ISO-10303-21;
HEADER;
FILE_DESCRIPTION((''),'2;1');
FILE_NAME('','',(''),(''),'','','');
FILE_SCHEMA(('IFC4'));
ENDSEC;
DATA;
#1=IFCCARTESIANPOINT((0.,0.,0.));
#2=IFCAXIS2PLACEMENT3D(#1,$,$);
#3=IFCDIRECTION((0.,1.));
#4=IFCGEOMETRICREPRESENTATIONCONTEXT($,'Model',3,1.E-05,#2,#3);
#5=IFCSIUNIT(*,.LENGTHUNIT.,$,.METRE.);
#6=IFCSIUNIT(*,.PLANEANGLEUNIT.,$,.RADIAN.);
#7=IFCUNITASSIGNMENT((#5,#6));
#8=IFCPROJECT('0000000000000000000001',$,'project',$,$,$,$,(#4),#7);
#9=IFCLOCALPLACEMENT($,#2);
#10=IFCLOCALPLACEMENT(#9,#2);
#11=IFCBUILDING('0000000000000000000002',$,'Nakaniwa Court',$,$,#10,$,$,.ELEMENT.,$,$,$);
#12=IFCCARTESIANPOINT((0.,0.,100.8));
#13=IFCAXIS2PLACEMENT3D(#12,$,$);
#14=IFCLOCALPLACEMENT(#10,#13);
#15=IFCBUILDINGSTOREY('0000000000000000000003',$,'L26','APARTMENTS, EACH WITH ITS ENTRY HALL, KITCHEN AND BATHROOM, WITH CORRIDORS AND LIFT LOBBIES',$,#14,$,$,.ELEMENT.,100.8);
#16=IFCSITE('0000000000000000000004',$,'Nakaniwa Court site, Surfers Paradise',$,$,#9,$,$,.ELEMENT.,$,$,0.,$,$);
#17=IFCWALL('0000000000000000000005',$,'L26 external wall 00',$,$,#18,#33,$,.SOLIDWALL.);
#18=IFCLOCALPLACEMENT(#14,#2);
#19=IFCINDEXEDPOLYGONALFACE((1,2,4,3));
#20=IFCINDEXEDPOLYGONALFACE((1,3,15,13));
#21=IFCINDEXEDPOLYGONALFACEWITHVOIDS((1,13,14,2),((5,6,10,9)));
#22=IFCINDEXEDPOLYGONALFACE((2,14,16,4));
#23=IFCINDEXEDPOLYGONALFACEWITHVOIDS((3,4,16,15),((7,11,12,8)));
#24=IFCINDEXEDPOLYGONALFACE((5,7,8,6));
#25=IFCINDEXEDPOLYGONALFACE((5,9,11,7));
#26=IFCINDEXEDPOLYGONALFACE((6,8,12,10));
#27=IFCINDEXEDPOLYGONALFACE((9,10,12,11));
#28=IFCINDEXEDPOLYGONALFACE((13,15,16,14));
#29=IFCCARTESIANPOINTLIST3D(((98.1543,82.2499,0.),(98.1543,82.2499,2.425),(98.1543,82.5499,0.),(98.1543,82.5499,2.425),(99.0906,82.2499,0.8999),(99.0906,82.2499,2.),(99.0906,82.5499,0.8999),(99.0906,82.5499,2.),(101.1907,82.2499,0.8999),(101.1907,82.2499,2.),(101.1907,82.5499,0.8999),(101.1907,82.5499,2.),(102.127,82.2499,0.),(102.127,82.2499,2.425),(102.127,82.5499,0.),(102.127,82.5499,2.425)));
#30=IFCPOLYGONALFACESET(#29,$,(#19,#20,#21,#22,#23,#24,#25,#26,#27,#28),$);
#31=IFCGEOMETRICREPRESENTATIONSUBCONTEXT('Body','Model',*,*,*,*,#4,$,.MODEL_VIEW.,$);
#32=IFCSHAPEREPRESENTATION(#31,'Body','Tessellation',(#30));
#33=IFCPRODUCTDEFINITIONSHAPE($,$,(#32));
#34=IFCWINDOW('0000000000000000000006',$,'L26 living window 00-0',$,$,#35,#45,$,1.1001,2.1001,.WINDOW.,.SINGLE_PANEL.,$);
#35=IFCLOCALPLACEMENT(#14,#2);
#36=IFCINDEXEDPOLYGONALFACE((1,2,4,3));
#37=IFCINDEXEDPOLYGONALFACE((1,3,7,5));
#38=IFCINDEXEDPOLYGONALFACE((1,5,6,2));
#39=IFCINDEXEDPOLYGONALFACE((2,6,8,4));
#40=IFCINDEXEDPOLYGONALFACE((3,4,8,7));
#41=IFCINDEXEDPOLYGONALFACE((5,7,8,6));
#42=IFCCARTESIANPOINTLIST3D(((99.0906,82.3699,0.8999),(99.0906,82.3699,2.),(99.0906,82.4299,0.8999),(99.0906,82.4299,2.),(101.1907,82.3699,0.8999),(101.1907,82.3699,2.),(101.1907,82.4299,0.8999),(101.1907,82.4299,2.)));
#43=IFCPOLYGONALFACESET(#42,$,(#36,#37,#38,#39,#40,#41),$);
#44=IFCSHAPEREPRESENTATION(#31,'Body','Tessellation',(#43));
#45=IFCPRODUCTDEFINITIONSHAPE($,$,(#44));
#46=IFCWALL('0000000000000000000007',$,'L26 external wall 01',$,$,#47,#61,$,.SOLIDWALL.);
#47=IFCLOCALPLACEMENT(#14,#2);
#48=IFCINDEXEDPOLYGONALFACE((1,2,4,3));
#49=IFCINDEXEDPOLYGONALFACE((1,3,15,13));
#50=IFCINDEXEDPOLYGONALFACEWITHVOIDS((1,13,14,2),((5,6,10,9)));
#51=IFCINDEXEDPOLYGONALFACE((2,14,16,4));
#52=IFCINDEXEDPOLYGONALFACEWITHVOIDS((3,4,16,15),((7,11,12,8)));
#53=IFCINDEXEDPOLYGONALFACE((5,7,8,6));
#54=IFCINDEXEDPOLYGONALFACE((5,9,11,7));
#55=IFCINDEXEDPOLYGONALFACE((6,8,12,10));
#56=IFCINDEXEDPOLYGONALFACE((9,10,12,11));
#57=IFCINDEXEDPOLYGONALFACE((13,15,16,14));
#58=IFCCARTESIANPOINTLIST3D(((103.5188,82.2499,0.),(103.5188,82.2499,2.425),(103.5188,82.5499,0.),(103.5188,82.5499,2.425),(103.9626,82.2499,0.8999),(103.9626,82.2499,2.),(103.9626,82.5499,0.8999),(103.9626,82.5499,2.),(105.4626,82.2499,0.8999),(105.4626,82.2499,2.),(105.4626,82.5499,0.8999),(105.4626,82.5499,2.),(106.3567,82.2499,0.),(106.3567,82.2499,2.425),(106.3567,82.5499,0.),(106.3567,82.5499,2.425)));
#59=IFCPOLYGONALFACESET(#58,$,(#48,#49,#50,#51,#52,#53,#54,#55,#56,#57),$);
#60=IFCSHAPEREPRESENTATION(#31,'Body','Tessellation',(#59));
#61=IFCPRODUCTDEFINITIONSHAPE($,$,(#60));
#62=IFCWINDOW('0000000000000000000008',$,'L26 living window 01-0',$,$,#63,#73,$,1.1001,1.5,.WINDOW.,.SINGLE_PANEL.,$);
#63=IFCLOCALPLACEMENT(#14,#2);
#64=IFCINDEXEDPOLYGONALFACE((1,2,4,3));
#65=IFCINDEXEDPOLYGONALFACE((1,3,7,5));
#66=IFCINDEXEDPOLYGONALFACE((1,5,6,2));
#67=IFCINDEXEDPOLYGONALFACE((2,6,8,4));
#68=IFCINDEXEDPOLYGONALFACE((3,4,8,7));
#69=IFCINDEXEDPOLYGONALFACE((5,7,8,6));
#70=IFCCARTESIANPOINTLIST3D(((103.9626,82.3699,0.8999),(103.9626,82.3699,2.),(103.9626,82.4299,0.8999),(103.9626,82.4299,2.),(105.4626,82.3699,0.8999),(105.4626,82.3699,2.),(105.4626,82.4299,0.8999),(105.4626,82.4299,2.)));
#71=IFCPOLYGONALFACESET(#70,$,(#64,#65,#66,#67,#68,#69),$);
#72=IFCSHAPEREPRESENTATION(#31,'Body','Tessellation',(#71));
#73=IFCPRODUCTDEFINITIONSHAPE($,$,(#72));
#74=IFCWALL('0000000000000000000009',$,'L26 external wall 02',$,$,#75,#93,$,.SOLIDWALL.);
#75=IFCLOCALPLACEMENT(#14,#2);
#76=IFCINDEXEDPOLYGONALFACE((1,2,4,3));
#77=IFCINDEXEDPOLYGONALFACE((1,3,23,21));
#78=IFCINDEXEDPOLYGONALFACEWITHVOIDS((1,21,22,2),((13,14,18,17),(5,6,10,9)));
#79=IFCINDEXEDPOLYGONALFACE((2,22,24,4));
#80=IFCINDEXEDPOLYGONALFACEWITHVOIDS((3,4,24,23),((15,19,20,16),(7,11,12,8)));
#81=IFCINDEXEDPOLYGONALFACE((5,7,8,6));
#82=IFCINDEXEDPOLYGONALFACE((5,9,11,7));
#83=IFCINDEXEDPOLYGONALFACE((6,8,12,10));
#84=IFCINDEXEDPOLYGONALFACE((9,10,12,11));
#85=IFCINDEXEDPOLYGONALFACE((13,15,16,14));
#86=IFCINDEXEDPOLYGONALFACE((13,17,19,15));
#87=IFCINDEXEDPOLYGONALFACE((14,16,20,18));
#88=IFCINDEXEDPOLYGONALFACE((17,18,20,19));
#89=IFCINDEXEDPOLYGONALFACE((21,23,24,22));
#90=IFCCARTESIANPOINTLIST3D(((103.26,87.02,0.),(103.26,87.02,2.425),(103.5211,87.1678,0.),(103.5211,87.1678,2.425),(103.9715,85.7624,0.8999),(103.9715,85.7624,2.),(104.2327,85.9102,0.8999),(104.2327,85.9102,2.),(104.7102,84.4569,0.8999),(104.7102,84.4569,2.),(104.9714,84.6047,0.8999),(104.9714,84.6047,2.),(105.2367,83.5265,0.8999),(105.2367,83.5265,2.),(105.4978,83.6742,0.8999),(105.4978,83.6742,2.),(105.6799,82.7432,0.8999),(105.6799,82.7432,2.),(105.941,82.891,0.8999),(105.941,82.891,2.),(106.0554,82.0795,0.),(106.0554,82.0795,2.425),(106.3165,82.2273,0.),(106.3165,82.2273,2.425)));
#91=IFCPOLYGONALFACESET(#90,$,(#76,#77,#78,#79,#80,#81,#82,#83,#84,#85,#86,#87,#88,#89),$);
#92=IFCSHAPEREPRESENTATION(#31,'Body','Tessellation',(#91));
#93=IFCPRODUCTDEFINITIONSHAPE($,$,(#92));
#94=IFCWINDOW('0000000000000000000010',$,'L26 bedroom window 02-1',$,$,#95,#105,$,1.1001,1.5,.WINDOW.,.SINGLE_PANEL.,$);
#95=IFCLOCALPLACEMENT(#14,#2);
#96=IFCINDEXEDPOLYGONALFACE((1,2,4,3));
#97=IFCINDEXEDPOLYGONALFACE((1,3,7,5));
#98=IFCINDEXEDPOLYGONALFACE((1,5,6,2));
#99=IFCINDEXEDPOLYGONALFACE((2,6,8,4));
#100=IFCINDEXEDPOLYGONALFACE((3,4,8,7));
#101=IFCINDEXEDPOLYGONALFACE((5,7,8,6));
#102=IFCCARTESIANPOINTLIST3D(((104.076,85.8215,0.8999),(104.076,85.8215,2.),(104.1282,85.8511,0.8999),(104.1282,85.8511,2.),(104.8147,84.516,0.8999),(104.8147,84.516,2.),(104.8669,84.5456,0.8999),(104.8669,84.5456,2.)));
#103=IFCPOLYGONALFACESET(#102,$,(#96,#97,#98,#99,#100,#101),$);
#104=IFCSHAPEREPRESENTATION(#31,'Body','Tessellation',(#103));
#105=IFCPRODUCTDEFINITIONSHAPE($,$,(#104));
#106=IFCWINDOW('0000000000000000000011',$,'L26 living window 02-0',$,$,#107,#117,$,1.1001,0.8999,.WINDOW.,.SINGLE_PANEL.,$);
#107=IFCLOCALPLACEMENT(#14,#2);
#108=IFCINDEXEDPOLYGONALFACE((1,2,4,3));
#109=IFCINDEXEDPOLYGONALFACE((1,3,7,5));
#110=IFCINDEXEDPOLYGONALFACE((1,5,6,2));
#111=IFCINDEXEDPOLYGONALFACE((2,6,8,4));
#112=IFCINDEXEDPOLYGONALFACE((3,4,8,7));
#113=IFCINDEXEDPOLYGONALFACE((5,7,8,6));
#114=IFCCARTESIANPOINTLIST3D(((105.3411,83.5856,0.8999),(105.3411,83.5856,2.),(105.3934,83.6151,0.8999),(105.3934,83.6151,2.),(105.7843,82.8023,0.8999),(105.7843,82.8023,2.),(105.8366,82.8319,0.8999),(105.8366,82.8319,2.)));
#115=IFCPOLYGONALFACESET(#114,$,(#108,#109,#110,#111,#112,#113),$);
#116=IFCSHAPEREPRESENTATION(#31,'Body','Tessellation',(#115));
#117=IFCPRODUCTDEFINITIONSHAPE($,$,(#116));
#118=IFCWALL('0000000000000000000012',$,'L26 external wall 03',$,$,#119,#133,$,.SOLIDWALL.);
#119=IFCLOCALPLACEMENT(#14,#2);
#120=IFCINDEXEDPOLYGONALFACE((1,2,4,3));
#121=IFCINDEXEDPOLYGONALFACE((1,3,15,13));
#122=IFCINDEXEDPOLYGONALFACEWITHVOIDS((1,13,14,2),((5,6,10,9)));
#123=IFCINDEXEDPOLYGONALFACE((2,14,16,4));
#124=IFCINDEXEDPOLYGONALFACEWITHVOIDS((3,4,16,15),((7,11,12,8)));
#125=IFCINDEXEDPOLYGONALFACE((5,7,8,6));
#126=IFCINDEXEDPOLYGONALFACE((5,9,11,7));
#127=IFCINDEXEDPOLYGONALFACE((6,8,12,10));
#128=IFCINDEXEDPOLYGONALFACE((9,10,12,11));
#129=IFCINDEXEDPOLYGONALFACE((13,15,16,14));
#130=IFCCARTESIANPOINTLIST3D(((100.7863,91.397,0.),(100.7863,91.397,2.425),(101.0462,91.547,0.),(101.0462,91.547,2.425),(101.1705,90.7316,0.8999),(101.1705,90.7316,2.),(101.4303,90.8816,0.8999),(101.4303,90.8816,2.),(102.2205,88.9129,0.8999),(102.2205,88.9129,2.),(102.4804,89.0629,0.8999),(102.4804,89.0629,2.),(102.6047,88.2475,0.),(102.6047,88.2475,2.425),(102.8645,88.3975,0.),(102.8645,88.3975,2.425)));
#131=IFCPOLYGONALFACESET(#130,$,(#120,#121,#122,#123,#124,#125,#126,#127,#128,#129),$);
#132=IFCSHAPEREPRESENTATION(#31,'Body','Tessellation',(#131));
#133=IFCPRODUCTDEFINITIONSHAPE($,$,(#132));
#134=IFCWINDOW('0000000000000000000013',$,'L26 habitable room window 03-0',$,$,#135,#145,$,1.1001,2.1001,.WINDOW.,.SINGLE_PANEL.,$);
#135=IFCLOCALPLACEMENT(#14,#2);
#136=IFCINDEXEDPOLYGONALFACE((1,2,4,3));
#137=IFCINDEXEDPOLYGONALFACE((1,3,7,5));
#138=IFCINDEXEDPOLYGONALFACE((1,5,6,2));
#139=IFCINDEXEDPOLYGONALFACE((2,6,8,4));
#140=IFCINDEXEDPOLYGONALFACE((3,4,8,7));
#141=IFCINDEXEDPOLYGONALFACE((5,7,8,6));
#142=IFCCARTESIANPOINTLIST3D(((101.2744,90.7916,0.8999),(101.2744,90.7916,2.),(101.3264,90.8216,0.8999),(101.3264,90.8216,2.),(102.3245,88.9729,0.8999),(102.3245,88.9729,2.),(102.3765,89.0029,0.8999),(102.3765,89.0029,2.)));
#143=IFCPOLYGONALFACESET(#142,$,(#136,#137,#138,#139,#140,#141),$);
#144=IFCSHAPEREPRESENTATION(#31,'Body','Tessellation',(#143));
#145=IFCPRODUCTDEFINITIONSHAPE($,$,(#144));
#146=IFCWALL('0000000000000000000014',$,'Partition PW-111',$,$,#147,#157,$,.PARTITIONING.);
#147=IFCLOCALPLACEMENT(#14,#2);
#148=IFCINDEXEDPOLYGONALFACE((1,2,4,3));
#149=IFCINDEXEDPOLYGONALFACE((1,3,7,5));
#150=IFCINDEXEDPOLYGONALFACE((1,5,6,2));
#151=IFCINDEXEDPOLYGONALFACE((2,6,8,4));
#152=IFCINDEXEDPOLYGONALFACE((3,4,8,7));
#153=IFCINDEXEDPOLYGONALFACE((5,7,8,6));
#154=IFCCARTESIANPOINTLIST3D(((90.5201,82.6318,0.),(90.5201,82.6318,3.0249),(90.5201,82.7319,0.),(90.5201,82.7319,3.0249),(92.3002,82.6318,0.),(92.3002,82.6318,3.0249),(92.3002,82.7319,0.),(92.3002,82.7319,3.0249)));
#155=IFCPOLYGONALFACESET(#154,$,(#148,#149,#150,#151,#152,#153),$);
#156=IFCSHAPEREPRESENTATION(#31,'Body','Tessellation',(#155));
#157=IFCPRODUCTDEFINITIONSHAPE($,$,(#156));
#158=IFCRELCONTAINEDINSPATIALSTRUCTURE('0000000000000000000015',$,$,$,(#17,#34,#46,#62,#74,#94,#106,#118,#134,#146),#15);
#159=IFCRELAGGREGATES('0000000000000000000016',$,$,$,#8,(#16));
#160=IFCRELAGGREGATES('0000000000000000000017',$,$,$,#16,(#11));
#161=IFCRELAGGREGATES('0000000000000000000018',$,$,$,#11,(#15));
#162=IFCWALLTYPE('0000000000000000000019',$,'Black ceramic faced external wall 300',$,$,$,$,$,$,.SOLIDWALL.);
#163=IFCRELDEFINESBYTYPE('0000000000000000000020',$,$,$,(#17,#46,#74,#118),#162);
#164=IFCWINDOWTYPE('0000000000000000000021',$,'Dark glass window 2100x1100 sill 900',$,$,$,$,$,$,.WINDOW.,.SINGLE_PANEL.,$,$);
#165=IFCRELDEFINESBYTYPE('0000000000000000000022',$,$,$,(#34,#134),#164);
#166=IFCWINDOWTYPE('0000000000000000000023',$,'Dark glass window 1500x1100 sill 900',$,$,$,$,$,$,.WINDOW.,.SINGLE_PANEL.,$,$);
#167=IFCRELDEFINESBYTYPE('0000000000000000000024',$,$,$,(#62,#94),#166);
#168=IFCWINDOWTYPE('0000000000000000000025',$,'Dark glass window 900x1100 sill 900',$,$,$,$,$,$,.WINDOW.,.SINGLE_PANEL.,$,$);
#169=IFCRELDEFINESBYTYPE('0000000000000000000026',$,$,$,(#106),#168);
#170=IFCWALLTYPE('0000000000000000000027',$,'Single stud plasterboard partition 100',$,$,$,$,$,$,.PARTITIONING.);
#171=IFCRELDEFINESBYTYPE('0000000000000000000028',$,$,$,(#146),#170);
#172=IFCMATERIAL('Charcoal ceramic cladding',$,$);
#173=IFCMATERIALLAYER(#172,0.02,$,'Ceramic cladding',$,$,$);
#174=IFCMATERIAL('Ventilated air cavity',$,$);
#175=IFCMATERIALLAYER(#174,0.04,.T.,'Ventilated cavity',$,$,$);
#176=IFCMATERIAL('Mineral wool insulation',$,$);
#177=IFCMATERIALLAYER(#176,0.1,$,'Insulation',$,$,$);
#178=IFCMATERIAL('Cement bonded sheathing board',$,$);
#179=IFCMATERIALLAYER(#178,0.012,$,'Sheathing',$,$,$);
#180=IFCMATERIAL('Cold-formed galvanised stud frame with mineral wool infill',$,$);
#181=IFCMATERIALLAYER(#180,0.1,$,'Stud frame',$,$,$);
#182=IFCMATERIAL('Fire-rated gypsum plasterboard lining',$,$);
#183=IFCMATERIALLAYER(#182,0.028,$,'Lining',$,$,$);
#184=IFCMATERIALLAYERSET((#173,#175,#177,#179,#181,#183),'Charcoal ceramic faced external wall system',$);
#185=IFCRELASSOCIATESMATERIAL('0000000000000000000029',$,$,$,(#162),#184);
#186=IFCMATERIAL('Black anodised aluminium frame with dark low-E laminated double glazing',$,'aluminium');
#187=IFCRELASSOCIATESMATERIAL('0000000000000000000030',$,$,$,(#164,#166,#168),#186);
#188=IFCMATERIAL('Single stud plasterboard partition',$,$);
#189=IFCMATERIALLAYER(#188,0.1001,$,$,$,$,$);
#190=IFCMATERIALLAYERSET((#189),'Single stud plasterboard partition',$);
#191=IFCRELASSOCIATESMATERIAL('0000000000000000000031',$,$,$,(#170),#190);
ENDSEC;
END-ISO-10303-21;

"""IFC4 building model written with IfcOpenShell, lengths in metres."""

from ifc_helpers import new_model, si_unit, direction, frame, frame_2d, origin, place, context, subcontext, project, spatial, rectangle, extrude, material, layer, layer_set, type_object, element, fill, save


model = new_model("IFC4")

# Units and contexts
model_context = context("Model", 3, precision=1e-05, world=origin(), true_north=direction((0.0, 1.0)))
body_context = subcontext(model_context, "Body", "Model", "MODEL_VIEW")
ifc_project = project(units=[si_unit("LENGTHUNIT", "METRE"), si_unit("PLANEANGLEUNIT", "RADIAN")], contexts=[model_context])

# Site, building, storey
site_placement = place(None, origin())
site = spatial("IfcSite", under=ifc_project, at=site_placement, Name="Nakaniwa Court site, Surfers Paradise", CompositionType="ELEMENT", RefElevation=0.0)
building_placement = place(site_placement, origin())
building = spatial("IfcBuilding", under=site, at=building_placement, Name="Nakaniwa Court", CompositionType="ELEMENT")
storey_placement = place(building_placement, frame((0.0, 0.0, 100.8)))
storey = spatial("IfcBuildingStorey", under=building, at=storey_placement, Name="L26", Description="APARTMENTS, EACH WITH ITS ENTRY HALL, KITCHEN AND BATHROOM, WITH CORRIDORS AND LIFT LOBBIES", CompositionType="ELEMENT", Elevation=100.8)

# Walls, openings, windows
ifc_material_1 = material(Name="Charcoal ceramic cladding")
ifc_layer_1 = layer(ifc_material_1, 0.02, Name="Ceramic cladding")
ifc_material_2 = material(Name="Ventilated air cavity")
ifc_layer_2 = layer(ifc_material_2, 0.04, ventilated=True, Name="Ventilated cavity")
ifc_material_3 = material(Name="Mineral wool insulation")
ifc_layer_3 = layer(ifc_material_3, 0.1, Name="Insulation")
ifc_material_4 = material(Name="Cement bonded sheathing board")
ifc_layer_4 = layer(ifc_material_4, 0.012, Name="Sheathing")
ifc_material_5 = material(Name="Cold-formed galvanised stud frame with mineral wool infill")
ifc_layer_5 = layer(ifc_material_5, 0.1, Name="Stud frame")
ifc_material_6 = material(Name="Fire-rated gypsum plasterboard lining")
ifc_layer_6 = layer(ifc_material_6, 0.028, Name="Lining")
ifc_layer_set_1 = layer_set([ifc_layer_1, ifc_layer_2, ifc_layer_3, ifc_layer_4, ifc_layer_5, ifc_layer_6], Name="Charcoal ceramic faced external wall system")
wall_type_1 = type_object("IfcWallType", Name="Black ceramic faced external wall 300", PredefinedType="SOLIDWALL", material=ifc_layer_set_1)
wall_1_placement = place(storey_placement, frame((98.1543, 82.3999, 0.0), z_axis=(0.0, 0.0, 1.0), x_axis=(1.0, 0.0, 0.0)))
wall_1 = element("IfcWall", 1, at=wall_1_placement, inside=storey, type_object=wall_type_1, Name="L26 external wall 00", PredefinedType="SOLIDWALL", context=body_context, shape_type="SweptSolid", body=[
    extrude(rectangle(XDim=3.9727, YDim=0.3, at=frame_2d((1.9863, 0.0))), origin(), (0.0, 0.0, 1.0), 2.425),
])
opening_1_placement = place(wall_1_placement, frame((0.9363, 0.0, 0.8999)))
opening_1 = element("IfcOpeningElement", 2, at=opening_1_placement, cuts=wall_1, PredefinedType="OPENING", context=body_context, shape_type="SweptSolid", body=[
    extrude(rectangle(XDim=2.1001, YDim=1.1001, at=frame_2d((1.05, 0.55))), frame((0.0, 0.1599, 0.0), z_axis=(0.0, -1.0, 0.0), x_axis=(1.0, 0.0, 0.0)), (0.0, 0.0, 1.0), 0.3201),
])
ifc_material_7 = material(Name="Black anodised aluminium frame with dark low-E laminated double glazing", Category="aluminium")
window_type_1 = type_object("IfcWindowType", Name="Dark glass window 2100x1100 sill 900", PartitioningType="SINGLE_PANEL", PredefinedType="WINDOW", material=ifc_material_7)
window_1_placement = place(opening_1_placement, origin())
window_1 = element("IfcWindow", 3, at=window_1_placement, inside=storey, type_object=window_type_1, Name="L26 living window 00-0", OverallHeight=1.1001, OverallWidth=2.1001, PartitioningType="SINGLE_PANEL", PredefinedType="WINDOW", context=body_context, shape_type="SweptSolid", body=[
    extrude(rectangle(XDim=2.1001, YDim=1.1001, at=frame_2d((1.05, 0.55))), frame((0.0, 0.03, 0.0), z_axis=(0.0, -1.0, 0.0), x_axis=(1.0, 0.0, 0.0)), (0.0, 0.0, 1.0), 0.0601),
])
fill(opening_1, window_1)
wall_2_placement = place(storey_placement, frame((103.5188, 82.3999, 0.0), z_axis=(0.0, 0.0, 1.0), x_axis=(1.0, 0.0, 0.0)))
wall_2 = element("IfcWall", 4, at=wall_2_placement, inside=storey, type_object=wall_type_1, Name="L26 external wall 01", PredefinedType="SOLIDWALL", context=body_context, shape_type="SweptSolid", body=[
    extrude(rectangle(XDim=2.8379, YDim=0.3, at=frame_2d((1.4189, 0.0))), origin(), (0.0, 0.0, 1.0), 2.425),
])
opening_2_placement = place(wall_2_placement, frame((0.4438, 0.0, 0.8999)))
opening_2 = element("IfcOpeningElement", 5, at=opening_2_placement, cuts=wall_2, PredefinedType="OPENING", context=body_context, shape_type="SweptSolid", body=[
    extrude(rectangle(XDim=1.5, YDim=1.1001, at=frame_2d((0.75, 0.55))), frame((0.0, 0.1599, 0.0), z_axis=(0.0, -1.0, 0.0), x_axis=(1.0, 0.0, 0.0)), (0.0, 0.0, 1.0), 0.3201),
])
window_type_2 = type_object("IfcWindowType", Name="Dark glass window 1500x1100 sill 900", PartitioningType="SINGLE_PANEL", PredefinedType="WINDOW", material=ifc_material_7)
window_2_placement = place(opening_2_placement, origin())
window_2 = element("IfcWindow", 6, at=window_2_placement, inside=storey, type_object=window_type_2, Name="L26 living window 01-0", OverallHeight=1.1001, OverallWidth=1.5, PartitioningType="SINGLE_PANEL", PredefinedType="WINDOW", context=body_context, shape_type="SweptSolid", body=[
    extrude(rectangle(XDim=1.5, YDim=1.1001, at=frame_2d((0.75, 0.55))), frame((0.0, 0.03, 0.0), z_axis=(0.0, -1.0, 0.0), x_axis=(1.0, 0.0, 0.0)), (0.0, 0.0, 1.0), 0.0601),
])
fill(opening_2, window_2)

# Wall, openings, windows
wall_3_placement = place(storey_placement, frame((106.186, 82.1533, 0.0), z_axis=(0.0, 0.0, 1.0), x_axis=(-0.492457, 0.870337, 0.0)))
wall_3 = element("IfcWall", 7, at=wall_3_placement, inside=storey, type_object=wall_type_1, Name="L26 external wall 02", PredefinedType="SOLIDWALL", context=body_context, shape_type="SweptSolid", body=[
    extrude(rectangle(XDim=5.6765, YDim=0.3, at=frame_2d((2.8384, 0.0))), origin(), (0.0, 0.0, 1.0), 2.425),
])
opening_3_placement = place(wall_3_placement, frame((0.7627, 0.0, 0.8999)))
opening_3 = element("IfcOpeningElement", 8, at=opening_3_placement, cuts=wall_3, PredefinedType="OPENING", context=body_context, shape_type="SweptSolid", body=[
    extrude(rectangle(XDim=0.8999, YDim=1.1001, at=frame_2d((0.45, 0.55))), frame((0.0, 0.1599, 0.0), z_axis=(0.0, -1.0, 0.0), x_axis=(1.0, 0.0, 0.0)), (0.0, 0.0, 1.0), 0.3201),
])
opening_4_placement = place(wall_3_placement, frame((2.7317, 0.0, 0.8999)))
opening_4 = element("IfcOpeningElement", 9, at=opening_4_placement, cuts=wall_3, PredefinedType="OPENING", context=body_context, shape_type="SweptSolid", body=[
    extrude(rectangle(XDim=1.5, YDim=1.1001, at=frame_2d((0.75, 0.55))), frame((0.0, 0.1599, 0.0), z_axis=(0.0, -1.0, 0.0), x_axis=(1.0, 0.0, 0.0)), (0.0, 0.0, 1.0), 0.3201),
])
window_3_placement = place(opening_4_placement, origin())
window_3 = element("IfcWindow", 10, at=window_3_placement, inside=storey, type_object=window_type_2, Name="L26 bedroom window 02-1", OverallHeight=1.1001, OverallWidth=1.5, PartitioningType="SINGLE_PANEL", PredefinedType="WINDOW", context=body_context, shape_type="SweptSolid", body=[
    extrude(rectangle(XDim=1.5, YDim=1.1001, at=frame_2d((0.75, 0.55))), frame((0.0, 0.03, 0.0), z_axis=(0.0, -1.0, 0.0), x_axis=(1.0, 0.0, 0.0)), (0.0, 0.0, 1.0), 0.0601),
])
fill(opening_4, window_3)
window_type_3 = type_object("IfcWindowType", Name="Dark glass window 900x1100 sill 900", PartitioningType="SINGLE_PANEL", PredefinedType="WINDOW", material=ifc_material_7)
window_4_placement = place(opening_3_placement, origin())
window_4 = element("IfcWindow", 11, at=window_4_placement, inside=storey, type_object=window_type_3, Name="L26 living window 02-0", OverallHeight=1.1001, OverallWidth=0.8999, PartitioningType="SINGLE_PANEL", PredefinedType="WINDOW", context=body_context, shape_type="SweptSolid", body=[
    extrude(rectangle(XDim=0.8999, YDim=1.1001, at=frame_2d((0.45, 0.55))), frame((0.0, 0.03, 0.0), z_axis=(0.0, -1.0, 0.0), x_axis=(1.0, 0.0, 0.0)), (0.0, 0.0, 1.0), 0.0601),
])
fill(opening_3, window_4)

# Wall, opening, window
wall_4_placement = place(storey_placement, frame((102.7346, 88.3225, 0.0), z_axis=(0.0, 0.0, 1.0), x_axis=(-0.500009, 0.86602, 0.0)))
wall_4 = element("IfcWall", 12, at=wall_4_placement, inside=storey, type_object=wall_type_1, Name="L26 external wall 03", PredefinedType="SOLIDWALL", context=body_context, shape_type="SweptSolid", body=[
    extrude(rectangle(XDim=3.6367, YDim=0.3, at=frame_2d((1.8184, 0.0))), origin(), (0.0, 0.0, 1.0), 2.425),
])
opening_5_placement = place(wall_4_placement, frame((0.7683, 0.0, 0.8999)))
opening_5 = element("IfcOpeningElement", 13, at=opening_5_placement, cuts=wall_4, PredefinedType="OPENING", context=body_context, shape_type="SweptSolid", body=[
    extrude(rectangle(XDim=2.1001, YDim=1.1001, at=frame_2d((1.05, 0.55))), frame((0.0, 0.1599, 0.0), z_axis=(0.0, -1.0, 0.0), x_axis=(1.0, 0.0, 0.0)), (0.0, 0.0, 1.0), 0.3201),
])
window_5_placement = place(opening_5_placement, origin())
window_5 = element("IfcWindow", 14, at=window_5_placement, inside=storey, type_object=window_type_1, Name="L26 habitable room window 03-0", OverallHeight=1.1001, OverallWidth=2.1001, PartitioningType="SINGLE_PANEL", PredefinedType="WINDOW", context=body_context, shape_type="SweptSolid", body=[
    extrude(rectangle(XDim=2.1001, YDim=1.1001, at=frame_2d((1.05, 0.55))), frame((0.0, 0.03, 0.0), z_axis=(0.0, -1.0, 0.0), x_axis=(1.0, 0.0, 0.0)), (0.0, 0.0, 1.0), 0.0601),
])
fill(opening_5, window_5)

# Wall
ifc_material_8 = material(Name="Single stud plasterboard partition")
ifc_layer_7 = layer(ifc_material_8, 0.1001)
ifc_layer_set_2 = layer_set([ifc_layer_7], Name="Single stud plasterboard partition")
wall_type_2 = type_object("IfcWallType", Name="Single stud plasterboard partition 100", PredefinedType="PARTITIONING", material=ifc_layer_set_2)
wall_5_placement = place(storey_placement, frame((90.52, 82.6819, 0.0), z_axis=(0.0, 0.0, 1.0), x_axis=(1.0, 0.0, 0.0)))
element("IfcWall", 15, at=wall_5_placement, inside=storey, type_object=wall_type_2, Name="Partition PW-111", PredefinedType="PARTITIONING", context=body_context, shape_type="SweptSolid", body=[
    extrude(rectangle(XDim=1.78, YDim=0.1001, at=frame_2d((0.8901, 0.0))), origin(), (0.0, 0.0, 1.0), 3.0249),
])

save(model, "model.ifc")
